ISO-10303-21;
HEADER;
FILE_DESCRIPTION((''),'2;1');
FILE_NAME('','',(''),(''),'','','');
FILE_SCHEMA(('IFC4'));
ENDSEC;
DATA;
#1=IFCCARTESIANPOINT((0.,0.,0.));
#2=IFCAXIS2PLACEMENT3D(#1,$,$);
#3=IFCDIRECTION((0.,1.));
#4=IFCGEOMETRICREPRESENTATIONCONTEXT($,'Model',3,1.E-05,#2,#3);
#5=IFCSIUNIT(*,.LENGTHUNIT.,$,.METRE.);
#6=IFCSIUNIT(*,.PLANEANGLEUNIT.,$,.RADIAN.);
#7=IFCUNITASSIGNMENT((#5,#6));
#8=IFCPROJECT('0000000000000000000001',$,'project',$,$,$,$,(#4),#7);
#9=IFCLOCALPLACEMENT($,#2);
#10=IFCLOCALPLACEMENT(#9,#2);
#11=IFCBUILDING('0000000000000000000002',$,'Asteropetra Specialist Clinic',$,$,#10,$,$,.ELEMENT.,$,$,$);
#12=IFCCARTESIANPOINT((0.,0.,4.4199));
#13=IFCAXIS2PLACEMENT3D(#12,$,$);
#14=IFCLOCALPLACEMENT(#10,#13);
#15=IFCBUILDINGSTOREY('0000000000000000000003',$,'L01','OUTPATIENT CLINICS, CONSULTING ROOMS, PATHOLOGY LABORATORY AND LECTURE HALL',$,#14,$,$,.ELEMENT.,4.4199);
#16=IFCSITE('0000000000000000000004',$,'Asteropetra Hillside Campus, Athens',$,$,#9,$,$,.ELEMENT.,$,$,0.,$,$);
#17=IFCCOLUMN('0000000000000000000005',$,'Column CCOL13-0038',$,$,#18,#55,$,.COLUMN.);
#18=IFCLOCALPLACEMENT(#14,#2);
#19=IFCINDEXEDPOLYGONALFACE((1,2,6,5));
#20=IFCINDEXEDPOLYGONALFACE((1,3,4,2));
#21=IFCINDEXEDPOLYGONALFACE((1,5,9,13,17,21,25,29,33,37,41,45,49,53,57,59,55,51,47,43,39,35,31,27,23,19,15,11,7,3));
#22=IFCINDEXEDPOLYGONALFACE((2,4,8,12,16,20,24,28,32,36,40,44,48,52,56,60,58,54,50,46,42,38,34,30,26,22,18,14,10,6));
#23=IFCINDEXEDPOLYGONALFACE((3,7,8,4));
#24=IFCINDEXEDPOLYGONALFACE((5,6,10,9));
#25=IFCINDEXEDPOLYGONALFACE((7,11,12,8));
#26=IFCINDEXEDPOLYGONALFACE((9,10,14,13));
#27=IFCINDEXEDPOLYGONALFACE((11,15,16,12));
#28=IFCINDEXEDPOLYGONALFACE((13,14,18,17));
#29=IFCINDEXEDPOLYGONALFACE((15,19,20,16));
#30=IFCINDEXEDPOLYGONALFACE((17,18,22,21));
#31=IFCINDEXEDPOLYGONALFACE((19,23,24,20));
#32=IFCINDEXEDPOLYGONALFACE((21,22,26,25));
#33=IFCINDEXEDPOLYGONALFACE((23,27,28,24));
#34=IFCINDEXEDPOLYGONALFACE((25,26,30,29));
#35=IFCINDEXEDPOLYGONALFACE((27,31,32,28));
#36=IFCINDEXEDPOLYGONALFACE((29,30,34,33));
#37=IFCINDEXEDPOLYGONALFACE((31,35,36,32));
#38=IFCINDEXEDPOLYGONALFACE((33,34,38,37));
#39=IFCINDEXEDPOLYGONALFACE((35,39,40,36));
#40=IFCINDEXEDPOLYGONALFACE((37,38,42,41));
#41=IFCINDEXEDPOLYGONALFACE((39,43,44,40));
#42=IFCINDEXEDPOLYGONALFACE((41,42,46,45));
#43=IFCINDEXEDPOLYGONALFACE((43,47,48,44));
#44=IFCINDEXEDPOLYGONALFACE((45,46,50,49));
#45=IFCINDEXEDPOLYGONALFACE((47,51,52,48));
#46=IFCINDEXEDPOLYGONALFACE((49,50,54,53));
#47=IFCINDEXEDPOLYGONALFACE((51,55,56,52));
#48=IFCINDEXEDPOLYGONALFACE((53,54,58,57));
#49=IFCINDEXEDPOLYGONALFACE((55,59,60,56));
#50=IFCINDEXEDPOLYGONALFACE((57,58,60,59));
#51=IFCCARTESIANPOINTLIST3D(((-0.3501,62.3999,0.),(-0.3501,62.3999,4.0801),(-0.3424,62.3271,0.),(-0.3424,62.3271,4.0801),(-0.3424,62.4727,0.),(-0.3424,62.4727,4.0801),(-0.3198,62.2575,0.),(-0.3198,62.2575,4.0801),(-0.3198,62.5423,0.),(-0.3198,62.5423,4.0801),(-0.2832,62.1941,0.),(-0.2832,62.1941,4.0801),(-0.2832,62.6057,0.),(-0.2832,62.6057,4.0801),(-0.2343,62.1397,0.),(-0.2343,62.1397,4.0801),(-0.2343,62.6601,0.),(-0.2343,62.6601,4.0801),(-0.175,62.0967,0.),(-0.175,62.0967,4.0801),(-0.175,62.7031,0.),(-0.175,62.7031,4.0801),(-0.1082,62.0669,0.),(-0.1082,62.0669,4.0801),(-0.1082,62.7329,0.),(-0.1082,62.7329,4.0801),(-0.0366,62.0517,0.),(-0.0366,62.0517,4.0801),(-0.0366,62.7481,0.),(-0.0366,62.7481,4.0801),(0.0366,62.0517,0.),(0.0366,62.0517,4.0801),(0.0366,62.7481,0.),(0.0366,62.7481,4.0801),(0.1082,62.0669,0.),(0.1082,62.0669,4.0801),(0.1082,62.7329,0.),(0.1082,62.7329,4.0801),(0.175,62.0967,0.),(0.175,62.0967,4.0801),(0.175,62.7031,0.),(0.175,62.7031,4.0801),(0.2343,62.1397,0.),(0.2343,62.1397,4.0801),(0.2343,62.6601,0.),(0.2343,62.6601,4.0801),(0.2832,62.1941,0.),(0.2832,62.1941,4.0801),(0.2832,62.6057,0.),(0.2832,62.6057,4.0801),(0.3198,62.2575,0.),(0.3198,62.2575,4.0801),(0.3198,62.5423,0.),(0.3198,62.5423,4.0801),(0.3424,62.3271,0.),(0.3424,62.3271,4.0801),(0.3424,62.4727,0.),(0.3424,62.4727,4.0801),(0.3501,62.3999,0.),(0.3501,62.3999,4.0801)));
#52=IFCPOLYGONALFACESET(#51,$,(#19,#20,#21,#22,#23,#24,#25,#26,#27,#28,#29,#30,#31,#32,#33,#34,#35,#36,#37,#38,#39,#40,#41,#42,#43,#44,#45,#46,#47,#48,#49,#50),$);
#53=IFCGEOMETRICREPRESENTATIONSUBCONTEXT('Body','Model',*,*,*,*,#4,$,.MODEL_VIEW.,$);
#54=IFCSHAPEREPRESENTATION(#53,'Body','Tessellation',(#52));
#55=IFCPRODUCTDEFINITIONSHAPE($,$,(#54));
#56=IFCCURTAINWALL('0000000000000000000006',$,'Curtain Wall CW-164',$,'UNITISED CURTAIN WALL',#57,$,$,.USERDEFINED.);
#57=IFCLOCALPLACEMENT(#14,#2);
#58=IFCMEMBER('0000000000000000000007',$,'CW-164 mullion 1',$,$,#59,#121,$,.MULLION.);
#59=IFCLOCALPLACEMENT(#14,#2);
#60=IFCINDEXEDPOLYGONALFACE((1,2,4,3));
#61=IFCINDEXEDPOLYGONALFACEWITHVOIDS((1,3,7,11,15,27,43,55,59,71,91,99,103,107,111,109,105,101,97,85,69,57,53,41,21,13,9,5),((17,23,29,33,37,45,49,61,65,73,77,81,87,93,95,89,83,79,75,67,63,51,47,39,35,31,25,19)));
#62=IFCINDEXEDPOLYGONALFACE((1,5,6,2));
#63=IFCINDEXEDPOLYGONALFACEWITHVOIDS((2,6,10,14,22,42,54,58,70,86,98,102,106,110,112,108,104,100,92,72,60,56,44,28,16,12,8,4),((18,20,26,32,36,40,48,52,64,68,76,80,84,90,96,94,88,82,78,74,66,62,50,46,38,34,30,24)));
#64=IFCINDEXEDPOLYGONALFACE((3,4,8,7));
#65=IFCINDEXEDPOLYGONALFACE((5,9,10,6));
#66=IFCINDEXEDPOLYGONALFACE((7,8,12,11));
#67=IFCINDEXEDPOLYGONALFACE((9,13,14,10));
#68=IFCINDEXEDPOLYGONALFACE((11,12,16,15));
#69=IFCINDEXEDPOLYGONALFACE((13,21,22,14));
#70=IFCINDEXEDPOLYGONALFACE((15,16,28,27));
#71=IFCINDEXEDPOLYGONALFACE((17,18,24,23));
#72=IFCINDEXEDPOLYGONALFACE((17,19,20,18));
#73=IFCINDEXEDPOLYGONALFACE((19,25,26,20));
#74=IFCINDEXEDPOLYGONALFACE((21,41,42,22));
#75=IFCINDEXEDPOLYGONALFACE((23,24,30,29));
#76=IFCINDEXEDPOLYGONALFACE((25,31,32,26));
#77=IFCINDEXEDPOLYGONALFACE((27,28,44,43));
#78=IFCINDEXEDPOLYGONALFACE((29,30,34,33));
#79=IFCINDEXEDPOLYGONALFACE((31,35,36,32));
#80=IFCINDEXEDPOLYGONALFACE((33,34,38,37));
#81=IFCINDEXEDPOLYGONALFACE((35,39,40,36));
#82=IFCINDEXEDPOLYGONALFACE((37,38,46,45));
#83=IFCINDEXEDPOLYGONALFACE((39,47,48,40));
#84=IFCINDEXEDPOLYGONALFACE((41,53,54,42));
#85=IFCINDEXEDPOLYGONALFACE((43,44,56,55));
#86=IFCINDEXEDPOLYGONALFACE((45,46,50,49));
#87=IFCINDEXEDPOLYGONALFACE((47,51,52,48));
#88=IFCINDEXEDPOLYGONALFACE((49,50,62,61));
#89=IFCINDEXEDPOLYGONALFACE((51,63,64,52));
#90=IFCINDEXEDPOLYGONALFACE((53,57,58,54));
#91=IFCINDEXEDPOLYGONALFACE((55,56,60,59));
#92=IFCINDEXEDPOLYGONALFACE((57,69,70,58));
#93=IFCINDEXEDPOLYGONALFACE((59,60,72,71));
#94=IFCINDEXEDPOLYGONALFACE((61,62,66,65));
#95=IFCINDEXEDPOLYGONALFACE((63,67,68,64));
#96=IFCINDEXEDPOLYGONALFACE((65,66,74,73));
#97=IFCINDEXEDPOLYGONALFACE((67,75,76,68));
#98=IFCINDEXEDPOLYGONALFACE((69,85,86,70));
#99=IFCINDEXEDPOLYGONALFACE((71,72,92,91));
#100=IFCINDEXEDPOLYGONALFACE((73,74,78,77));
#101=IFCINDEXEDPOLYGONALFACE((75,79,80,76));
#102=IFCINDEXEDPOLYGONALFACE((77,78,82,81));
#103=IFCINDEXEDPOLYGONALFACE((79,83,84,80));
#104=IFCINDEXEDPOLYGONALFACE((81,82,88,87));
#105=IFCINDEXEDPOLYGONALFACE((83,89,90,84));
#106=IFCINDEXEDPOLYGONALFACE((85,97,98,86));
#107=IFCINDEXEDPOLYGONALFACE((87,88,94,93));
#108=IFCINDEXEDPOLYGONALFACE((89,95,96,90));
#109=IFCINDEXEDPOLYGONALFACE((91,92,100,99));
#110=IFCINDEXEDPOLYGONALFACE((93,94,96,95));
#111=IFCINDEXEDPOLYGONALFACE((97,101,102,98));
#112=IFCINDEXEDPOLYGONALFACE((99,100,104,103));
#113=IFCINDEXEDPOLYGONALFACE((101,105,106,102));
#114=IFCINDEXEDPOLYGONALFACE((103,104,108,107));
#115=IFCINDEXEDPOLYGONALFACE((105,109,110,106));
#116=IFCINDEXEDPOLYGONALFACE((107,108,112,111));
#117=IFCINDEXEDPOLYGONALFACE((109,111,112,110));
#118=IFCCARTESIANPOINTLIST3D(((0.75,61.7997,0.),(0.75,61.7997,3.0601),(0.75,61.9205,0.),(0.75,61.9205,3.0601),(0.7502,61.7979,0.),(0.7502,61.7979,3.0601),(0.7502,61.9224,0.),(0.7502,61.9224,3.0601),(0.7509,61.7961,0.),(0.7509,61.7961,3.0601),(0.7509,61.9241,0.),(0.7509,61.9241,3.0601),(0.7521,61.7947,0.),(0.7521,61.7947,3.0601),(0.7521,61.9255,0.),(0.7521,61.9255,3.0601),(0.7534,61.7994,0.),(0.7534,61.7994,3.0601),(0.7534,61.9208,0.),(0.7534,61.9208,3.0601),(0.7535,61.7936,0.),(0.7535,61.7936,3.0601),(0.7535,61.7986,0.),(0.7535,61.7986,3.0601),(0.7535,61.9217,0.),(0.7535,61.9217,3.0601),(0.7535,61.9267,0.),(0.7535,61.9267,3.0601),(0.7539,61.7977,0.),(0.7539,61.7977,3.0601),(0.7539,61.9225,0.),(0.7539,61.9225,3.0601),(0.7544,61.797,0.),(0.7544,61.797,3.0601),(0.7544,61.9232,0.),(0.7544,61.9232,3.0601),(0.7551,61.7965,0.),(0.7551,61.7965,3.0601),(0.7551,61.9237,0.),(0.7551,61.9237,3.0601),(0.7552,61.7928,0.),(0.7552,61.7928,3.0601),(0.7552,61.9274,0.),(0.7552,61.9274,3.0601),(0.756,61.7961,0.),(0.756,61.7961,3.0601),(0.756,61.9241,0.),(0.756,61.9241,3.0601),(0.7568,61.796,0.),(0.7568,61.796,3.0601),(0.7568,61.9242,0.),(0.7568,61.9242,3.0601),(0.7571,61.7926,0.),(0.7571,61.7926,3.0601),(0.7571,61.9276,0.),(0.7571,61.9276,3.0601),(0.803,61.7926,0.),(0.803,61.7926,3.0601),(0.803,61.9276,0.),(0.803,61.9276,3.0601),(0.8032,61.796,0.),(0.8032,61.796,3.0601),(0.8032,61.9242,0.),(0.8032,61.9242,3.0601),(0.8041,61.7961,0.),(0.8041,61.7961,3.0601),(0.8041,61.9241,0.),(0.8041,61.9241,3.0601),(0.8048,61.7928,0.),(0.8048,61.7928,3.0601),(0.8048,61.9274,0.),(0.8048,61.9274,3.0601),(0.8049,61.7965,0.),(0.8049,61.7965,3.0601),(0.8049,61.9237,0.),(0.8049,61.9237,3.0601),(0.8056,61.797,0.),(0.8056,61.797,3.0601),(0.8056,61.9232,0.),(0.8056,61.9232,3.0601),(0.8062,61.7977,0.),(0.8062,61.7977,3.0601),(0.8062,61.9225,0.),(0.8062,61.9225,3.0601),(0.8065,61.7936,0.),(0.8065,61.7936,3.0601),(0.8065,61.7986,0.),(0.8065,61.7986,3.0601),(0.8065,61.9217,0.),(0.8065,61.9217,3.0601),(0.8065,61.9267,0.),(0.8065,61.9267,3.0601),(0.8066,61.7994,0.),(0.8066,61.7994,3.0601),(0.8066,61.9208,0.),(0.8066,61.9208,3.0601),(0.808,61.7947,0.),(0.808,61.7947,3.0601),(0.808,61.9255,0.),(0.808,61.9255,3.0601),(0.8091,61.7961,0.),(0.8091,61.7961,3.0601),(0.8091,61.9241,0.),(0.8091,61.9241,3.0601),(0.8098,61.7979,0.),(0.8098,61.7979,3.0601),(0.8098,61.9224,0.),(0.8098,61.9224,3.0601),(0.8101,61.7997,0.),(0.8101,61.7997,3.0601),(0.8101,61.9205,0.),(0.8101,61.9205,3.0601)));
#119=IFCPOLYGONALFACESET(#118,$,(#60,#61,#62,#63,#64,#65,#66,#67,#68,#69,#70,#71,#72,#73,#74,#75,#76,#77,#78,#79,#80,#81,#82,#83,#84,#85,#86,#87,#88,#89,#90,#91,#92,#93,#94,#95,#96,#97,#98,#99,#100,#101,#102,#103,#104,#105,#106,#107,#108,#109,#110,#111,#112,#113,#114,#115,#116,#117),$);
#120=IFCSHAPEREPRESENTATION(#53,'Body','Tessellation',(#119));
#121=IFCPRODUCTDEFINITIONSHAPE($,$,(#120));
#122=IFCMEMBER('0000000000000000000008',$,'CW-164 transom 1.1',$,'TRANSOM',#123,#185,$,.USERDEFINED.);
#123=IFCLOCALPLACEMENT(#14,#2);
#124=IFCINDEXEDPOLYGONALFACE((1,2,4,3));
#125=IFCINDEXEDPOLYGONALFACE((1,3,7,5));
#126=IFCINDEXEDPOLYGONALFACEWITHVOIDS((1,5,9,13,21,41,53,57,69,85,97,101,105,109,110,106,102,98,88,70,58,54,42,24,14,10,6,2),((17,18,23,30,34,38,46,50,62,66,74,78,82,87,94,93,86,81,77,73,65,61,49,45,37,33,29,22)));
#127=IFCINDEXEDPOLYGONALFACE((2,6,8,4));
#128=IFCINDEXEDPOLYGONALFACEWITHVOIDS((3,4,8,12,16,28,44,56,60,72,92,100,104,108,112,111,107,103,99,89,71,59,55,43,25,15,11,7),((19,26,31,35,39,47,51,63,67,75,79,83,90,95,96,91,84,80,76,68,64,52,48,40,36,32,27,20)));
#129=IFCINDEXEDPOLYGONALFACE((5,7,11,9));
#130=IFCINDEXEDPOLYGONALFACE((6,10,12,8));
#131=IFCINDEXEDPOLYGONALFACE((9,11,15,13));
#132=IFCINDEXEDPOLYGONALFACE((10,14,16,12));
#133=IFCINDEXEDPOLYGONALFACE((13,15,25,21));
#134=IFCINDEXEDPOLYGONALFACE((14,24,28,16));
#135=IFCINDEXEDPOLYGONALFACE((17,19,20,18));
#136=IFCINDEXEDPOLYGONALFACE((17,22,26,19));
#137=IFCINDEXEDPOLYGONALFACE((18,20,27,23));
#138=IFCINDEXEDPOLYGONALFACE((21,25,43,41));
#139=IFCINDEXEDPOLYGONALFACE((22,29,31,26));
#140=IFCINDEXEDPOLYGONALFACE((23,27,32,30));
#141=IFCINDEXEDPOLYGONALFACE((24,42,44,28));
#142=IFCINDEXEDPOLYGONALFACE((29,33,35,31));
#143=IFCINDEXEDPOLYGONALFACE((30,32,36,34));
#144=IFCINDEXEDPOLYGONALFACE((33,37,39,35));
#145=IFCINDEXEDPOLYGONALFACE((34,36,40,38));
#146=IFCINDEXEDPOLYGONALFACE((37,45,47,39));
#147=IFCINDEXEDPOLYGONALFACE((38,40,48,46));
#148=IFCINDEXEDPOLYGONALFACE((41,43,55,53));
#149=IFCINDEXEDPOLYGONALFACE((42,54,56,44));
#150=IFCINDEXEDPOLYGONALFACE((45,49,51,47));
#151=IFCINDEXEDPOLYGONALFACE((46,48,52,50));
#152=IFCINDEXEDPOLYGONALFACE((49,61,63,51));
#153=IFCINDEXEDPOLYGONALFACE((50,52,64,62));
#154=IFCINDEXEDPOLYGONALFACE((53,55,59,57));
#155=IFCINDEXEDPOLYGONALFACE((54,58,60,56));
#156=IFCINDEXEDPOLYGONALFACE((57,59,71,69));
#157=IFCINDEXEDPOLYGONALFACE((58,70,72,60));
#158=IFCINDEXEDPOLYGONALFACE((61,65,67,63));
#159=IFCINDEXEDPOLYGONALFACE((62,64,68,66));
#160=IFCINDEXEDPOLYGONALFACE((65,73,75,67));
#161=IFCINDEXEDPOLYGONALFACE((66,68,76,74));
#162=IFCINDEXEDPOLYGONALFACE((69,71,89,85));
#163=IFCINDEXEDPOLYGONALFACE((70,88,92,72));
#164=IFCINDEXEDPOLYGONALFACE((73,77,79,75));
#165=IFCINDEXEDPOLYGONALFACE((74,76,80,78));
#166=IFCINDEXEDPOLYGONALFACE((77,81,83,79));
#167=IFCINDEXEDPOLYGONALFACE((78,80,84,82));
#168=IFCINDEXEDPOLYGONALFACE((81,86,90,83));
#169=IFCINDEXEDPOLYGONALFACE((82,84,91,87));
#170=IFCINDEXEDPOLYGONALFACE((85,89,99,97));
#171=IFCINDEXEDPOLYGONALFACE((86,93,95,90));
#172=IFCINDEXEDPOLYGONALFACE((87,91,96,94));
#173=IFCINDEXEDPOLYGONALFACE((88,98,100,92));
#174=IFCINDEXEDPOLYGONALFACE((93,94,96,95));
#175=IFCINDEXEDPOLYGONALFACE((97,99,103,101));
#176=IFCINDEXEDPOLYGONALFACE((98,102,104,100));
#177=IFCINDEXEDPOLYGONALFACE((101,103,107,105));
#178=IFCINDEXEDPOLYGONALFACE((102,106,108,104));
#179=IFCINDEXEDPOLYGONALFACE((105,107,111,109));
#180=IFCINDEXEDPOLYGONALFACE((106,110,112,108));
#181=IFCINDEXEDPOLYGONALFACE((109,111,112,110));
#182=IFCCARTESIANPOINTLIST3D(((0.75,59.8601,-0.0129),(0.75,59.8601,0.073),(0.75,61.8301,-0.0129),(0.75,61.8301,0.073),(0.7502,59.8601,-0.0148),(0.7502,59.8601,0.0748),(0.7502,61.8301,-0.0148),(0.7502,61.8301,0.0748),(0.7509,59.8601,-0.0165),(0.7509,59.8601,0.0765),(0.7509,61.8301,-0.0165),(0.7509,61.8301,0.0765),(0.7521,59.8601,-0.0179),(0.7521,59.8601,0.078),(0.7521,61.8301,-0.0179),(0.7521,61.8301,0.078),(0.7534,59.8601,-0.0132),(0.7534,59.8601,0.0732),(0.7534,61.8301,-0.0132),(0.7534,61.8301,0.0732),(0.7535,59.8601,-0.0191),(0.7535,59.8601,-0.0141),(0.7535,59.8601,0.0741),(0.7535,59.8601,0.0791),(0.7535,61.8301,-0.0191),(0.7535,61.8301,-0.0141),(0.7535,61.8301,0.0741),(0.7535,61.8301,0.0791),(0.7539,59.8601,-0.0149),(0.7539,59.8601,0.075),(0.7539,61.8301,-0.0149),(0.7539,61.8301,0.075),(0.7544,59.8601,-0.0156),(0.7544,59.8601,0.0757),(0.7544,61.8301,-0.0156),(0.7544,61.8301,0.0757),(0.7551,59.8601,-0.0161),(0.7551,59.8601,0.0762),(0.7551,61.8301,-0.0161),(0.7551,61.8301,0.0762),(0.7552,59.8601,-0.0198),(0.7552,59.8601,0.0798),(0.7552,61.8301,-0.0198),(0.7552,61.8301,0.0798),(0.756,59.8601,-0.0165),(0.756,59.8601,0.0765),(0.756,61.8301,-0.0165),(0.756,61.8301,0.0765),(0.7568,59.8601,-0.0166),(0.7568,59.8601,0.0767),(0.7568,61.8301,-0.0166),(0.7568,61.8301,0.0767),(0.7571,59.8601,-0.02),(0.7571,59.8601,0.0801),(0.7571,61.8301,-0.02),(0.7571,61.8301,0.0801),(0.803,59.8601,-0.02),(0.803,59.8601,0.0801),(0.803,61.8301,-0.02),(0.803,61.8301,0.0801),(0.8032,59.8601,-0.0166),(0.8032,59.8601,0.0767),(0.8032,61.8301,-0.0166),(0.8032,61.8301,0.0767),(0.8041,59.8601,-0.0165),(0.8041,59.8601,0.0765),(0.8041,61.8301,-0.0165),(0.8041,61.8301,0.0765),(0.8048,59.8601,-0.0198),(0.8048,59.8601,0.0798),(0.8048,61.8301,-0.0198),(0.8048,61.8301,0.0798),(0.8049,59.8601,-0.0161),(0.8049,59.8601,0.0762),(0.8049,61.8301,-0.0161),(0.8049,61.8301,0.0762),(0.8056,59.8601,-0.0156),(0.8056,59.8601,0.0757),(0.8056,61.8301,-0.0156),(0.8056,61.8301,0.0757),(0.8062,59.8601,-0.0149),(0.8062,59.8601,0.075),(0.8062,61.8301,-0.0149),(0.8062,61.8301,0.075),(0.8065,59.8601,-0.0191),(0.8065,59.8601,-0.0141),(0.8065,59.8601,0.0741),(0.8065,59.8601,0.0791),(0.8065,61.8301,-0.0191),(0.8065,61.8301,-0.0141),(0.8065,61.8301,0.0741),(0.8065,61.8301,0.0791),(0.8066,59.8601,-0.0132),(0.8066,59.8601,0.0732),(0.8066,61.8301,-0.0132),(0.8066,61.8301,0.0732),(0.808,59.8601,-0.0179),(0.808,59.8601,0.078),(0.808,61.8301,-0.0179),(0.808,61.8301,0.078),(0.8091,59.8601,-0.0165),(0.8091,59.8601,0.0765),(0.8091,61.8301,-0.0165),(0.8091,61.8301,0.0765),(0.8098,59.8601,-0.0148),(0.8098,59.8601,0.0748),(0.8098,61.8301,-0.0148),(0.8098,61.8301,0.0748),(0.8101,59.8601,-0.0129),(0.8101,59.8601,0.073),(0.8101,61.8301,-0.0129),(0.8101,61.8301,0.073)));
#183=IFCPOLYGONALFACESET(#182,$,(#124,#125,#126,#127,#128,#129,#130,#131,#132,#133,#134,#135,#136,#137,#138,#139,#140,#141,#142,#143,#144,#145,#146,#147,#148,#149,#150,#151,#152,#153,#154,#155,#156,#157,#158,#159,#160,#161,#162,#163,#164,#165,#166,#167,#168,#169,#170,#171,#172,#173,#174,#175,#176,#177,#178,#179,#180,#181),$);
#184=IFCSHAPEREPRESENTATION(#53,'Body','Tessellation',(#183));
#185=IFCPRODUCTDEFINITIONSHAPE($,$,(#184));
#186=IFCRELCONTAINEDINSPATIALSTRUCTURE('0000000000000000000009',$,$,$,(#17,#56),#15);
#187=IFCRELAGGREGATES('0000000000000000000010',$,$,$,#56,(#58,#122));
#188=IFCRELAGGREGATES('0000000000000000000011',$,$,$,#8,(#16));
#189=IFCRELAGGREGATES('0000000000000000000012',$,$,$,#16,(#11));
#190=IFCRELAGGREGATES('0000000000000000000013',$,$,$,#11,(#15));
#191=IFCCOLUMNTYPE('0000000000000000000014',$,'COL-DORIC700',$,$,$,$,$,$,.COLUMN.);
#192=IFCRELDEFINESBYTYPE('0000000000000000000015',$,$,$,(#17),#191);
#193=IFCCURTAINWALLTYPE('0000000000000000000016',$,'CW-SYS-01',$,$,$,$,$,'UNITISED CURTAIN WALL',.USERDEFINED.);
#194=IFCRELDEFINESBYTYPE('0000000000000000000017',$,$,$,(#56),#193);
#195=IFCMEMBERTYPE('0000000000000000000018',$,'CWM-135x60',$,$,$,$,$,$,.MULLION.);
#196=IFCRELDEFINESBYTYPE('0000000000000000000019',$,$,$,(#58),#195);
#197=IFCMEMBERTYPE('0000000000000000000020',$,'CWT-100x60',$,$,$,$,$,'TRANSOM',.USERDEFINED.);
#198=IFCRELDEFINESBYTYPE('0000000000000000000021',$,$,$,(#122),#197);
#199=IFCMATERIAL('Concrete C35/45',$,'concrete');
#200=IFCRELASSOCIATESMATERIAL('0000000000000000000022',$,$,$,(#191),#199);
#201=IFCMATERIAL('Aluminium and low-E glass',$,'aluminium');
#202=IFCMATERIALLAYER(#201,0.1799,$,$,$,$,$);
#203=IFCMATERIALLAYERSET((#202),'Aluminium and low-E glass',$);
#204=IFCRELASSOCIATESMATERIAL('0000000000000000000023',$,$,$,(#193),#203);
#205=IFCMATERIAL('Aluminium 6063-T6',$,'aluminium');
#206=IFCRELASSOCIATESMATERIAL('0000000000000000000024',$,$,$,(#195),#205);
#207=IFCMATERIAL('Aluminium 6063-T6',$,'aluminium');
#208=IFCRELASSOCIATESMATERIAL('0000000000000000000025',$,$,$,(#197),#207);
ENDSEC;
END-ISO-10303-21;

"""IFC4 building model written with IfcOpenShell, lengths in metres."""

from ifc_helpers import new_model, si_unit, direction, frame, origin, origin_2d, place, context, subcontext, project, spatial, hollow_rectangle, circle, extrude, material, layer, layer_set, material_profile, profile_set, type_object, element, aggregate, save


model = new_model("IFC4")

# Units and contexts
model_context = context("Model", 3, precision=1e-05, world=origin(), true_north=direction((0.0, 1.0)))
body_context = subcontext(model_context, "Body", "Model", "MODEL_VIEW")
ifc_project = project(units=[si_unit("LENGTHUNIT", "METRE"), si_unit("PLANEANGLEUNIT", "RADIAN")], contexts=[model_context])

# Site, building, storey
site_placement = place(None, origin())
site = spatial("IfcSite", under=ifc_project, at=site_placement, Name="Asteropetra Hillside Campus, Athens", CompositionType="ELEMENT", RefElevation=0.0)
building_placement = place(site_placement, origin())
building = spatial("IfcBuilding", under=site, at=building_placement, Name="Asteropetra Specialist Clinic", CompositionType="ELEMENT")
storey_placement = place(building_placement, frame((0.0, 0.0, 4.4199)))
storey = spatial("IfcBuildingStorey", under=building, at=storey_placement, Name="L01", Description="OUTPATIENT CLINICS, CONSULTING ROOMS, PATHOLOGY LABORATORY AND LECTURE HALL", CompositionType="ELEMENT", Elevation=4.4199)

# Column
ifc_material_1 = material(Name="Concrete C35/45", Category="concrete")
ifc_material_profile_1 = material_profile(ifc_material_1, circle(Radius=0.3501, at=origin_2d()), Name="RCC D700")
ifc_profile_set_1 = profile_set([ifc_material_profile_1], Name="Concrete C35/45")
column_type = type_object("IfcColumnType", Name="COL-DORIC700", PredefinedType="COLUMN", material=ifc_profile_set_1)
column_placement = place(storey_placement, frame((0.0, 62.3999, 0.0), z_axis=(0.0, 0.0, 1.0), x_axis=(1.0, 0.0, 0.0)))
element("IfcColumn", 1, at=column_placement, inside=storey, type_object=column_type, Name="Column CCOL13-0038", PredefinedType="COLUMN", context=body_context, shape_type="SweptSolid", body=[
    extrude(circle(Radius=0.3501, at=origin_2d()), origin(), (0.0, 0.0, 1.0), 4.0801),
])

# Curtain wall, members
ifc_material_2 = material(Name="Aluminium and low-E glass", Category="aluminium")
ifc_layer_1 = layer(ifc_material_2, 0.1799)
ifc_layer_set_1 = layer_set([ifc_layer_1], Name="Aluminium and low-E glass")
curtain_wall_type = type_object("IfcCurtainWallType", Name="CW-SYS-01", ElementType="UNITISED CURTAIN WALL", PredefinedType="USERDEFINED", material=ifc_layer_set_1)
curtain_wall_placement = place(storey_placement, origin())
curtain_wall = element("IfcCurtainWall", 2, at=curtain_wall_placement, inside=storey, type_object=curtain_wall_type, Name="Curtain Wall CW-164", ObjectType="UNITISED CURTAIN WALL", PredefinedType="USERDEFINED")
ifc_material_3 = material(Name="Aluminium 6063-T6", Category="aluminium")
ifc_material_profile_2 = material_profile(ifc_material_3, hollow_rectangle(XDim=0.0601, YDim=0.135, WallThickness=0.0034, InnerFilletRadius=0.0034, OuterFilletRadius=0.0071, at=origin_2d()), Name="MUL 135x60x3.5")
ifc_profile_set_2 = profile_set([ifc_material_profile_2], Name="Aluminium 6063-T6")
member_type_1 = type_object("IfcMemberType", Name="CWM-135x60", PredefinedType="MULLION", material=ifc_profile_set_2)
member_1_placement = place(storey_placement, frame((0.78, 61.8601, 0.0), z_axis=(0.0, 0.0, 1.0), x_axis=(1.0, 0.0, 0.0)))
member_1 = element("IfcMember", 3, at=member_1_placement, type_object=member_type_1, Name="CW-164 mullion 1", PredefinedType="MULLION", context=body_context, shape_type="SweptSolid", body=[
    extrude(hollow_rectangle(XDim=0.0601, YDim=0.135, WallThickness=0.0034, InnerFilletRadius=0.0034, OuterFilletRadius=0.0071, at=origin_2d()), origin(), (0.0, 0.0, 1.0), 3.0601),
])
ifc_material_4 = material(Name="Aluminium 6063-T6", Category="aluminium")
ifc_material_profile_3 = material_profile(ifc_material_4, hollow_rectangle(XDim=0.0601, YDim=0.1001, WallThickness=0.0034, InnerFilletRadius=0.0034, OuterFilletRadius=0.0071, at=origin_2d()), Name="TRN 100x60x3.5")
ifc_profile_set_3 = profile_set([ifc_material_profile_3], Name="Aluminium 6063-T6")
member_type_2 = type_object("IfcMemberType", Name="CWT-100x60", ElementType="TRANSOM", PredefinedType="USERDEFINED", material=ifc_profile_set_3)
member_2_placement = place(storey_placement, frame((0.78, 61.8301, 0.03), z_axis=(0.0, -1.0, 0.0), x_axis=(1.0, 0.0, 0.0)))
member_2 = element("IfcMember", 4, at=member_2_placement, type_object=member_type_2, Name="CW-164 transom 1.1", ObjectType="TRANSOM", PredefinedType="USERDEFINED", context=body_context, shape_type="SweptSolid", body=[
    extrude(hollow_rectangle(XDim=0.0601, YDim=0.1001, WallThickness=0.0034, InnerFilletRadius=0.0034, OuterFilletRadius=0.0071, at=origin_2d()), origin(), (0.0, 0.0, 1.0), 1.97),
])
aggregate(curtain_wall, [member_1, member_2])

save(model, "model.ifc")
